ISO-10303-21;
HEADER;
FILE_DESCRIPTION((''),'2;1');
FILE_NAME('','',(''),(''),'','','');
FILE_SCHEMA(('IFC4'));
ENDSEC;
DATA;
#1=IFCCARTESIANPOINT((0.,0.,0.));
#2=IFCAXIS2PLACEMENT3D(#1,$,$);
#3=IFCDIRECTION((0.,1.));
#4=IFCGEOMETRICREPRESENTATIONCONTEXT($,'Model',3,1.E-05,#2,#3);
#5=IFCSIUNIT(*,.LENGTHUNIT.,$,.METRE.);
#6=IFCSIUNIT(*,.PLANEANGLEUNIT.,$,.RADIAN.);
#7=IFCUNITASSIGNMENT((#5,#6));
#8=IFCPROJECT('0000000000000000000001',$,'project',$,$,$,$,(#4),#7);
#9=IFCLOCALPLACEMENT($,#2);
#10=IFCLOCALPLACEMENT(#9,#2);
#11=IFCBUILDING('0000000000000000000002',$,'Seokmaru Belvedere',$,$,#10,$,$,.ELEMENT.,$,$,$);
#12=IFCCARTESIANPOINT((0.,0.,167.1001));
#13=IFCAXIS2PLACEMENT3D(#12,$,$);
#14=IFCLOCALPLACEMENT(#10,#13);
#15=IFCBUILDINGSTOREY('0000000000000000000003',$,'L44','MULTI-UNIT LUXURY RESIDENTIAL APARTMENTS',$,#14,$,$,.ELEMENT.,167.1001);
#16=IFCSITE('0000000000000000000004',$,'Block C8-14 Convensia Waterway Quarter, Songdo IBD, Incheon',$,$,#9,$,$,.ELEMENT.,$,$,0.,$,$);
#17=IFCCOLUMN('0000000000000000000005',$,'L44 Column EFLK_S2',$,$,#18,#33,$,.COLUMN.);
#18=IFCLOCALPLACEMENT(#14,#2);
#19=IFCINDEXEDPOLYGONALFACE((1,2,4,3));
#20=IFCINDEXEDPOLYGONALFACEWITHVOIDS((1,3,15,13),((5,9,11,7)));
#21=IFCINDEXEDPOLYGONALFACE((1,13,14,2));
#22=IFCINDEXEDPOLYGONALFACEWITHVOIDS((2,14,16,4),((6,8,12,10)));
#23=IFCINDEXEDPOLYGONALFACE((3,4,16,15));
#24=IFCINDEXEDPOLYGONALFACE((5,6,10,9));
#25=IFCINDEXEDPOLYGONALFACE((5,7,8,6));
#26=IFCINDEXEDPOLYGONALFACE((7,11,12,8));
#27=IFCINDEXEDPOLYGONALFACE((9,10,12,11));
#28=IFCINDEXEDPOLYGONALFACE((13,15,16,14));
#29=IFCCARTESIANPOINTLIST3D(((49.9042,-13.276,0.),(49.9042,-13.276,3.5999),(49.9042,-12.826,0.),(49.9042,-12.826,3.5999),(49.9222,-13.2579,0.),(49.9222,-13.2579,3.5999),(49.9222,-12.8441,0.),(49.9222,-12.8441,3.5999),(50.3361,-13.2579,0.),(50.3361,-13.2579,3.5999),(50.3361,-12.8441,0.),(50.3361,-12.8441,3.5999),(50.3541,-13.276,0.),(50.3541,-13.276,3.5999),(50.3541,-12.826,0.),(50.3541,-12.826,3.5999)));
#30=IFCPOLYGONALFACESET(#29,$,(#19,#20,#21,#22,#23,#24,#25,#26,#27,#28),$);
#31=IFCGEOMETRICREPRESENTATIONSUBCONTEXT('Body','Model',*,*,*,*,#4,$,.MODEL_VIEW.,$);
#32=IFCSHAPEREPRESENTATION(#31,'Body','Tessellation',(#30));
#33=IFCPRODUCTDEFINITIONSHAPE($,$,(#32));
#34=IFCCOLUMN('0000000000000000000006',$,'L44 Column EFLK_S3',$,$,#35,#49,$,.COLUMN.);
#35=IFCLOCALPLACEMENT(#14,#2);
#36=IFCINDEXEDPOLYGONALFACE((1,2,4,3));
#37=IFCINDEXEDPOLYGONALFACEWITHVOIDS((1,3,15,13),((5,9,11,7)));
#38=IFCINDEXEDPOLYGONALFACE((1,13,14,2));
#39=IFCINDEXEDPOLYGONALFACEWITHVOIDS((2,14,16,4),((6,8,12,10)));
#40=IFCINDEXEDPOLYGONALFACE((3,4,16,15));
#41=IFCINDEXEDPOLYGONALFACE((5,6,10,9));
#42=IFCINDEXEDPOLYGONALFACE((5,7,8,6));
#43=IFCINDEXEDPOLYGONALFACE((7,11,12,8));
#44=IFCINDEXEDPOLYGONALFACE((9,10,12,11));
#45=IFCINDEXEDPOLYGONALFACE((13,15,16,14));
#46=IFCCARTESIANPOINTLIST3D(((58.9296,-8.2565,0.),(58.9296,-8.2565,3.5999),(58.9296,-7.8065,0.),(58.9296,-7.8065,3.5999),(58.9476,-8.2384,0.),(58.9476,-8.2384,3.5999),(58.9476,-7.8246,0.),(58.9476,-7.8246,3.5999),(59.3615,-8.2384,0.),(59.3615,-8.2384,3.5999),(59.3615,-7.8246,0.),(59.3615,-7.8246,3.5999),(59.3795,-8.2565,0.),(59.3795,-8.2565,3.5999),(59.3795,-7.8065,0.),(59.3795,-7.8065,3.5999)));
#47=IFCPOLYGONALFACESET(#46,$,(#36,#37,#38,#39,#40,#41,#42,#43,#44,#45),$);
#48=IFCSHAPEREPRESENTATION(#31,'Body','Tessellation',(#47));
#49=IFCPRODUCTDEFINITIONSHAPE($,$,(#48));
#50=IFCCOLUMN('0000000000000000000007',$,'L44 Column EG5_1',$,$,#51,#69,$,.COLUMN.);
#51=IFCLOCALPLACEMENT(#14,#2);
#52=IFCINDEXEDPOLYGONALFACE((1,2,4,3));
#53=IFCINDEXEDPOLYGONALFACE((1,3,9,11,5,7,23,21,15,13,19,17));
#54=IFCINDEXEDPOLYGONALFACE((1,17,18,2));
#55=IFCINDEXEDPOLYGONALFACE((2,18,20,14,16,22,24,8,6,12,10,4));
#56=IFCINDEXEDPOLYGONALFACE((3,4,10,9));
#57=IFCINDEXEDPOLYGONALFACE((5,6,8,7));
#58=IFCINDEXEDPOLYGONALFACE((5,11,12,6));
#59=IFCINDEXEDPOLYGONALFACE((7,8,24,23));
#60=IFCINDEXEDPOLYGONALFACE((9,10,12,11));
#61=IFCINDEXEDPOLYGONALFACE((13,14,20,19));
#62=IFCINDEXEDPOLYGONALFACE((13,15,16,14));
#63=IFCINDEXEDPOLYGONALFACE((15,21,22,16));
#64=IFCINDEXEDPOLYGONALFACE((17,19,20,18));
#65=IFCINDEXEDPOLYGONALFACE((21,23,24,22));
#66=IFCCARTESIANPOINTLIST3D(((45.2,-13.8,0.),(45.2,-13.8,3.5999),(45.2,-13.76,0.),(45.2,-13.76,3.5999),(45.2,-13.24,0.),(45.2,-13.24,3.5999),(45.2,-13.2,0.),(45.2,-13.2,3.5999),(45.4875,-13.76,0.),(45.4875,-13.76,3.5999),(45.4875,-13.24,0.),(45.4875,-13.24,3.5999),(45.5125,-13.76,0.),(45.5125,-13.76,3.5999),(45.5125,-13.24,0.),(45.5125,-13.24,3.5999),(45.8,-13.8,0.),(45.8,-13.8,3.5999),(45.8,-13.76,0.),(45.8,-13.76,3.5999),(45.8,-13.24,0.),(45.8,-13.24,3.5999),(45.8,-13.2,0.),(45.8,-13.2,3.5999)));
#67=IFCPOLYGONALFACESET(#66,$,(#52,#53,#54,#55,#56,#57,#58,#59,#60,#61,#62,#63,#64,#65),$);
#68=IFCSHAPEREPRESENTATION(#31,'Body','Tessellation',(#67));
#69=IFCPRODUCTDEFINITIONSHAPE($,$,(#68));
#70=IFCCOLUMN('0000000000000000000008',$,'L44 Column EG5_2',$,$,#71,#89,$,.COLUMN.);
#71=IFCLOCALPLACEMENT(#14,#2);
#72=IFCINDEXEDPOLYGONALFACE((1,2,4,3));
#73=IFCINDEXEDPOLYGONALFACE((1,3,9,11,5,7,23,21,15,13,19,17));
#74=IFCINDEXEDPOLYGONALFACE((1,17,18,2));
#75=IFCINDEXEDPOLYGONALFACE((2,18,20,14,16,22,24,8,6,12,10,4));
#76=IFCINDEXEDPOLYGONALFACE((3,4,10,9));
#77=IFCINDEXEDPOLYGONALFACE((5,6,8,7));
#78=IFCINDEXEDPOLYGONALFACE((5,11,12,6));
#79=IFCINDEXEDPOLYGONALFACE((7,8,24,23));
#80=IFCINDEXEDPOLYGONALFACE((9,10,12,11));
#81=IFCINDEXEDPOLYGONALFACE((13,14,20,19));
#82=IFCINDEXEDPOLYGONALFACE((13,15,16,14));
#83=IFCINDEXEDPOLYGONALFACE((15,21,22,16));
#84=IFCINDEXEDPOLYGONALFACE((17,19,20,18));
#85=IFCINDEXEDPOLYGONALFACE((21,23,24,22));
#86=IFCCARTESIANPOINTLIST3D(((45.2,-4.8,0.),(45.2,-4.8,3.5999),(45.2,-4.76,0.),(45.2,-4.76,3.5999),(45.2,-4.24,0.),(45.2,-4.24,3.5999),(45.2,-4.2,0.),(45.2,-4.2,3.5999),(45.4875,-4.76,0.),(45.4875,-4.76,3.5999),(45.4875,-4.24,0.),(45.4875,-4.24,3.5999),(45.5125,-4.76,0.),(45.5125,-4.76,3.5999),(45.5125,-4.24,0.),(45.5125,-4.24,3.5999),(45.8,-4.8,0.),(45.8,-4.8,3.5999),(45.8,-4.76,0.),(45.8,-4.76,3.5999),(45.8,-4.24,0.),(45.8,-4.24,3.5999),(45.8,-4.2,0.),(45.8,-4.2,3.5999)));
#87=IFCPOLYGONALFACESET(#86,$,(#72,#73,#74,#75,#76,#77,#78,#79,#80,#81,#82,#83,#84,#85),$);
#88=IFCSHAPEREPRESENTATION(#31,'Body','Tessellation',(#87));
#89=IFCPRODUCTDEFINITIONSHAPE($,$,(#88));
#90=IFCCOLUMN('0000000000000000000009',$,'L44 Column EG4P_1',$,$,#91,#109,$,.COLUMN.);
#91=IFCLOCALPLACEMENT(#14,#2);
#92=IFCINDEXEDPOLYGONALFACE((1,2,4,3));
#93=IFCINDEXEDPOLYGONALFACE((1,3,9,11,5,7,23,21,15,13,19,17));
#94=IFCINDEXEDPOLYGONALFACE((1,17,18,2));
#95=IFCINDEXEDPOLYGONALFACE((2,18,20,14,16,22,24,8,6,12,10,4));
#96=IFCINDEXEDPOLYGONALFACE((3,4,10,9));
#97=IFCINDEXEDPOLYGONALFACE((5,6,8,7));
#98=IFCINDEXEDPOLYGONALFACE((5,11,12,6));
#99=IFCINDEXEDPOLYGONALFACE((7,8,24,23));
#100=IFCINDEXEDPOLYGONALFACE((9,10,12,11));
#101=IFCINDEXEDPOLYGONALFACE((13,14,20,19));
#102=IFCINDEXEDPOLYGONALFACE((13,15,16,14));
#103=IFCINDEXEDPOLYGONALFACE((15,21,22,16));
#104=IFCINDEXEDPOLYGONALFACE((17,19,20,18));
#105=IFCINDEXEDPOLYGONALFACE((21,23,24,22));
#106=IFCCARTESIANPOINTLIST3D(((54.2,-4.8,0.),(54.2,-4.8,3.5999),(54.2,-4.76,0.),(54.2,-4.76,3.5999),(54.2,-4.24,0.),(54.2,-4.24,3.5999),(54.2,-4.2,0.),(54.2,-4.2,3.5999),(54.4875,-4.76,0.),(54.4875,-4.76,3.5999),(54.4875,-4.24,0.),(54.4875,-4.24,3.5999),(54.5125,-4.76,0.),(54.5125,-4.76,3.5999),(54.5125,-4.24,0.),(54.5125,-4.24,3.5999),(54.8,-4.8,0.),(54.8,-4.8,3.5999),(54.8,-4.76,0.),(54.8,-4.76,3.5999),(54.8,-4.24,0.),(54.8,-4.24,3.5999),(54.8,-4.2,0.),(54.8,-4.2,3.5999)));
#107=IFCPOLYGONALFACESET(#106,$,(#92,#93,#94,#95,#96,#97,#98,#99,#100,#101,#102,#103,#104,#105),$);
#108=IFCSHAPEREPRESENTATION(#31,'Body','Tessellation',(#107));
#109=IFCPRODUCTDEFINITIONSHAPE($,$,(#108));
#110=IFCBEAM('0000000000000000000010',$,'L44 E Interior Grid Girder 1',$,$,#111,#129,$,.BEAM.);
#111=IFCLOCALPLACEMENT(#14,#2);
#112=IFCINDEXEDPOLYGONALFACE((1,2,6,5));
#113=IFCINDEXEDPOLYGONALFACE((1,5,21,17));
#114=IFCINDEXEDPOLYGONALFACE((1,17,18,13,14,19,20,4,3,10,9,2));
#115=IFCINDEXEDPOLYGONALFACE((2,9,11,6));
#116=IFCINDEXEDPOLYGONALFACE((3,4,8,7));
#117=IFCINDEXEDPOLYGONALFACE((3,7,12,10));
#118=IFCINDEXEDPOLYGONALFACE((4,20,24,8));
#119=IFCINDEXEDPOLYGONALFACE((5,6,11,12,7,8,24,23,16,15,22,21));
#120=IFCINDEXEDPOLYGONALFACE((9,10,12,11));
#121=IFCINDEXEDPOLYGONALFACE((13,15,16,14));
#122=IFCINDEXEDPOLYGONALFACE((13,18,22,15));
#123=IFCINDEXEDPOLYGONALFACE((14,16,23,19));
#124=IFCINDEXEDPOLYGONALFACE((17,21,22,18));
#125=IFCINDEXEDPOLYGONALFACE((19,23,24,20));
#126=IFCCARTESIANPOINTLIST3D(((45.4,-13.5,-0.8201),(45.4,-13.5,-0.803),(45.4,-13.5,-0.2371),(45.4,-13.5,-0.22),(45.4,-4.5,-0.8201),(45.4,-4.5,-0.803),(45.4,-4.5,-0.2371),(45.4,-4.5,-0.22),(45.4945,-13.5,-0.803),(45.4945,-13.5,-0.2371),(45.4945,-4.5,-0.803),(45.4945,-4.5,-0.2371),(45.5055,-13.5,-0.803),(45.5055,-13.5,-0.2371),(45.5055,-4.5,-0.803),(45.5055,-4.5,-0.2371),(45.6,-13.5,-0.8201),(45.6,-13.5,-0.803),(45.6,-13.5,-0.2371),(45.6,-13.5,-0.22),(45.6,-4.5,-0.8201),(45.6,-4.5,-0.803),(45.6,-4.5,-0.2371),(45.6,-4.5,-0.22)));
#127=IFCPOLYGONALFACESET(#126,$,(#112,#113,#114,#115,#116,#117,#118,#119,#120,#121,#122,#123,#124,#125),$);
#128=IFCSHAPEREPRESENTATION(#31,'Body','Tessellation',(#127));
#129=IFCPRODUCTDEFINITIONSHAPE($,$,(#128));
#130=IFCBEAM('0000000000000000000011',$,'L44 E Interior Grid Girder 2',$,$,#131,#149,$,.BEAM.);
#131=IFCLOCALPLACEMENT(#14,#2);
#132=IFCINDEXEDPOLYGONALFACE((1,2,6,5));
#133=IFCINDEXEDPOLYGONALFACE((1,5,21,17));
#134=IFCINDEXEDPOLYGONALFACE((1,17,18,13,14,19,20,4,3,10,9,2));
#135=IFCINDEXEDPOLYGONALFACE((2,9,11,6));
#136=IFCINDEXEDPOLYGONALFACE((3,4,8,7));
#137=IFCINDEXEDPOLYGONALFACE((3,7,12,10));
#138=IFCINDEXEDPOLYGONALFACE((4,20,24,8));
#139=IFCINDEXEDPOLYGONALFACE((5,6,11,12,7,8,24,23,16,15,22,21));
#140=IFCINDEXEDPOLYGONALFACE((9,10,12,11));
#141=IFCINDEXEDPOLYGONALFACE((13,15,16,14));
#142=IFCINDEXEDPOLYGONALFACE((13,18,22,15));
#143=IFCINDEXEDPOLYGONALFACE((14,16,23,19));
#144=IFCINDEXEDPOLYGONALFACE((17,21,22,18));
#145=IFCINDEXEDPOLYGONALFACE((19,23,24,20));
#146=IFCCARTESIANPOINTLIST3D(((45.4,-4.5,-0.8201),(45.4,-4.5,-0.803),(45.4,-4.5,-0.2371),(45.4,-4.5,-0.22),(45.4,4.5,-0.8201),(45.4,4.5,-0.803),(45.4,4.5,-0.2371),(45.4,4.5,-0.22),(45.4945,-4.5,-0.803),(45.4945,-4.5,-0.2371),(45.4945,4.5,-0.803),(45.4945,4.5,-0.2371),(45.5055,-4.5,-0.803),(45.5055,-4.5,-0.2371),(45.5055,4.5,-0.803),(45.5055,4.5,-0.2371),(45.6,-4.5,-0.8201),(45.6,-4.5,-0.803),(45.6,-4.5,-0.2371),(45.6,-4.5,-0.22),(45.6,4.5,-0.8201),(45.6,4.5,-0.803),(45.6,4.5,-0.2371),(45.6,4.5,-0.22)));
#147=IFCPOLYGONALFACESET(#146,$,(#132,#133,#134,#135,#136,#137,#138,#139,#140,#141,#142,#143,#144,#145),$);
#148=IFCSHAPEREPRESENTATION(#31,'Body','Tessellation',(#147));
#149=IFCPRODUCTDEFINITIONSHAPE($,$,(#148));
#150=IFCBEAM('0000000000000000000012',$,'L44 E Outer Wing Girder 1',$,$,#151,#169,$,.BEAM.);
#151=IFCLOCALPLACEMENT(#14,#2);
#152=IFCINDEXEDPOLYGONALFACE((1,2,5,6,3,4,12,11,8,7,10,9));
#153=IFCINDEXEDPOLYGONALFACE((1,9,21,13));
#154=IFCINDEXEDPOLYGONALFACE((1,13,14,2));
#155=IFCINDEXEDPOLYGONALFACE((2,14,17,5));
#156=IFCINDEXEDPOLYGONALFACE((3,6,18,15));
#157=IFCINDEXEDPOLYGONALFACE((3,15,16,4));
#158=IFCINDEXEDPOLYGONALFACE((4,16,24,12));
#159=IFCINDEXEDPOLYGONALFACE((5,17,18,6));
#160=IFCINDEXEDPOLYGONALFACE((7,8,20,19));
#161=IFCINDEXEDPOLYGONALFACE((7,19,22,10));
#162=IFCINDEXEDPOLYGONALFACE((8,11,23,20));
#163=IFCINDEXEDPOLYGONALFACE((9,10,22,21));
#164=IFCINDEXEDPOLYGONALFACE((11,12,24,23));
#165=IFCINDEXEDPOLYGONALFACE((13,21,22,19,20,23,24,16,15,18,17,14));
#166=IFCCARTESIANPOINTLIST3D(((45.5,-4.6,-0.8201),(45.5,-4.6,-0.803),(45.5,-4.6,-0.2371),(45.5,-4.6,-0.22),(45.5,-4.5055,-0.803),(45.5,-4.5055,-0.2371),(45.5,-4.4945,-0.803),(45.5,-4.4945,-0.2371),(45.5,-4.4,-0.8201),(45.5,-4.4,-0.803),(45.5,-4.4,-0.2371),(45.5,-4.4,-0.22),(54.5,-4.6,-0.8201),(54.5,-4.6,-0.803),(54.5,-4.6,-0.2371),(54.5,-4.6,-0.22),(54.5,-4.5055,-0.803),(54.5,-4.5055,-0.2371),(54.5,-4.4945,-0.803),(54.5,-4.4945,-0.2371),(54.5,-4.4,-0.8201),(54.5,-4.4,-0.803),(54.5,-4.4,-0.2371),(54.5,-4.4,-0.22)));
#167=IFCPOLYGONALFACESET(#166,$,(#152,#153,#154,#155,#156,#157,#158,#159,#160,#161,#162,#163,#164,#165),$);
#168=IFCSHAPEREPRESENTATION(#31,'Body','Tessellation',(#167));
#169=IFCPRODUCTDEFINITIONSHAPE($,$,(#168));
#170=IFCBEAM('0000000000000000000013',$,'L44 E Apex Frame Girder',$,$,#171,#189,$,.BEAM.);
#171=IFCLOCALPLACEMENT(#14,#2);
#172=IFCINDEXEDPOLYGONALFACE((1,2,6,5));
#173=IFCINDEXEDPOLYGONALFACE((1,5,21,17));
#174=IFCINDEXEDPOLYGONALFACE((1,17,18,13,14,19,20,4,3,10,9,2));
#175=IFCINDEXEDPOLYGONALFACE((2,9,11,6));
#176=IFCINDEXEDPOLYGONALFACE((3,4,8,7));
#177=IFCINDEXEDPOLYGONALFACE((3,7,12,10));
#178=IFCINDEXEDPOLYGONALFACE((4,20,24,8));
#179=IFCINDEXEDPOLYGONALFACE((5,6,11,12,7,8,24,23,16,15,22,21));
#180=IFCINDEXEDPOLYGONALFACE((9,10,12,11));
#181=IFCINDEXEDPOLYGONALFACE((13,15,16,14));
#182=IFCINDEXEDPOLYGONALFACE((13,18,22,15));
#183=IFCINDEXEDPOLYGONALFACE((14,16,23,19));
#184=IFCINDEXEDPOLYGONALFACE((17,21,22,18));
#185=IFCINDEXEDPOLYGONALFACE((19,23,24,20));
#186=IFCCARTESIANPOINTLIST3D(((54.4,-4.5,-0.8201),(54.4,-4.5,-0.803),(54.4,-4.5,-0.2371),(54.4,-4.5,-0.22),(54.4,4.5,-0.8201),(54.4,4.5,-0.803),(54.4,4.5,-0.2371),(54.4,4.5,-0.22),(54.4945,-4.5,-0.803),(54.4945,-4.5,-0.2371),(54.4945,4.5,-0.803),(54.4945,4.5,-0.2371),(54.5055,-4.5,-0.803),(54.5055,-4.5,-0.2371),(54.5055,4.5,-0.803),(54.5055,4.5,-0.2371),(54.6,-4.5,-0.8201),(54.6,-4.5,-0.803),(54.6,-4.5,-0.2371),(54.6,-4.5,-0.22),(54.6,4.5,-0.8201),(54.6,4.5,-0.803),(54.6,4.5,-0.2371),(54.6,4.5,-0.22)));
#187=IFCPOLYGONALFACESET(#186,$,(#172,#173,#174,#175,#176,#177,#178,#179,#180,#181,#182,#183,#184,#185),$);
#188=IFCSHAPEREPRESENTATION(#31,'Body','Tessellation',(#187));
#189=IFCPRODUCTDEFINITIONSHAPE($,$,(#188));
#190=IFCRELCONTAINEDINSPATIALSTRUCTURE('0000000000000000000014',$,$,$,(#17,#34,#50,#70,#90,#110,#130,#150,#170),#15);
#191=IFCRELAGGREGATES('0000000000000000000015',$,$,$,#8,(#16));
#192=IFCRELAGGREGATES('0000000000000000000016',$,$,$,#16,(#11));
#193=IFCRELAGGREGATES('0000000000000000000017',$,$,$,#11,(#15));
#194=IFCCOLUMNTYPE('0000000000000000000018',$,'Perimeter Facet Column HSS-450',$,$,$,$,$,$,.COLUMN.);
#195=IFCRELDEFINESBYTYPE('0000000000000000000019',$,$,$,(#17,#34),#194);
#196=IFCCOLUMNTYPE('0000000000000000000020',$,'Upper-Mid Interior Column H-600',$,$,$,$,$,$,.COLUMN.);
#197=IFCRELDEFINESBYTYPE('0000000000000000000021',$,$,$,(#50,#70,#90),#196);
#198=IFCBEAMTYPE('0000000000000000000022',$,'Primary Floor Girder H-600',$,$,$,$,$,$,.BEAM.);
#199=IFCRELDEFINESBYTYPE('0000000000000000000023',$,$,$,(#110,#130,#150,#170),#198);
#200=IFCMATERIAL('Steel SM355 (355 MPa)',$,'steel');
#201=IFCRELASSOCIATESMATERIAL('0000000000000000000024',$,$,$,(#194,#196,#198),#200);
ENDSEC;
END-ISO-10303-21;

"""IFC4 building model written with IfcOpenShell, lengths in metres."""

from ifc_helpers import new_model, si_unit, direction, frame, origin, origin_2d, place, context, subcontext, project, spatial, hollow_rectangle, i_section, extrude, source, transform, mapped, material, material_profile, profile_set, type_object, type_shapes, element, save


model = new_model("IFC4")

# Units and contexts
model_context = context("Model", 3, precision=1e-05, world=origin(), true_north=direction((0.0, 1.0)))
body_context = subcontext(model_context, "Body", "Model", "MODEL_VIEW")
ifc_project = project(units=[si_unit("LENGTHUNIT", "METRE"), si_unit("PLANEANGLEUNIT", "RADIAN")], contexts=[model_context])

# Site, building, storey
site_placement = place(None, origin())
site = spatial("IfcSite", under=ifc_project, at=site_placement, Name="Block C8-14 Convensia Waterway Quarter, Songdo IBD, Incheon", CompositionType="ELEMENT", RefElevation=0.0)
building_placement = place(site_placement, origin())
building = spatial("IfcBuilding", under=site, at=building_placement, Name="Seokmaru Belvedere", CompositionType="ELEMENT")
storey_placement = place(building_placement, frame((0.0, 0.0, 167.1001)))
storey = spatial("IfcBuildingStorey", under=building, at=storey_placement, Name="L44", Description="MULTI-UNIT LUXURY RESIDENTIAL APARTMENTS", CompositionType="ELEMENT", Elevation=167.1001)

# Columns
ifc_material_1 = material(Name="Steel SM355 (355 MPa)", Category="steel")
ifc_material_profile_1 = material_profile(ifc_material_1, hollow_rectangle(XDim=0.45, YDim=0.45, WallThickness=0.0181, at=origin_2d()), Name="HSS-450x450x18")
ifc_profile_set_1 = profile_set([ifc_material_profile_1], Name="Steel SM355 (355 MPa)")
column_type_1 = type_object("IfcColumnType", Name="Perimeter Facet Column HSS-450", PredefinedType="COLUMN", material=ifc_profile_set_1)
shared_shape_1 = source(origin(), body_context, "Body", "SweptSolid", [
    extrude(hollow_rectangle(XDim=0.45, YDim=0.45, WallThickness=0.0181, at=origin_2d()), origin(), (0.0, 0.0, 1.0), 3.5999),
])
type_shapes(column_type_1, [shared_shape_1])
for number, where, z_axis, x_axis, name in (
    (1, (50.1292, -13.051, 0.0), (0.0, 0.0, 1.0), (1.0, 0.0, 0.0), "L44 Column EFLK_S2"),
    (2, (59.1545, -8.0315, 0.0), (0.0, 0.0, 1.0), (1.0, 0.0, 0.0), "L44 Column EFLK_S3"),
):
    element("IfcColumn", number, at=place(storey_placement, frame(where, z_axis=z_axis, x_axis=x_axis)), inside=storey, type_object=column_type_1, Name=name, PredefinedType="COLUMN", context=body_context, shape_type="MappedRepresentation", body=[
        mapped(shared_shape_1, transform((0.0, 0.0, 0.0), scale=1.0)),
    ])
ifc_material_profile_2 = material_profile(ifc_material_1, i_section(OverallWidth=0.6001, OverallDepth=0.6001, WebThickness=0.0249, FlangeThickness=0.04, at=origin_2d()), Name="H-600x600x25x40")
ifc_profile_set_2 = profile_set([ifc_material_profile_2], Name="Steel SM355 (355 MPa)")
column_type_2 = type_object("IfcColumnType", Name="Upper-Mid Interior Column H-600", PredefinedType="COLUMN", material=ifc_profile_set_2)
shared_shape_2 = source(origin(), body_context, "Body", "SweptSolid", [
    extrude(i_section(OverallWidth=0.6001, OverallDepth=0.6001, WebThickness=0.0249, FlangeThickness=0.04, at=origin_2d()), origin(), (0.0, 0.0, 1.0), 3.5999),
])
type_shapes(column_type_2, [shared_shape_2])
for number, where, z_axis, x_axis, name in (
    (3, (45.5, -13.5, 0.0), (0.0, 0.0, 1.0), (1.0, 0.0, 0.0), "L44 Column EG5_1"),
    (4, (45.5, -4.5, 0.0), (0.0, 0.0, 1.0), (1.0, 0.0, 0.0), "L44 Column EG5_2"),
    (5, (54.5, -4.5, 0.0), (0.0, 0.0, 1.0), (1.0, 0.0, 0.0), "L44 Column EG4P_1"),
):
    element("IfcColumn", number, at=place(storey_placement, frame(where, z_axis=z_axis, x_axis=x_axis)), inside=storey, type_object=column_type_2, Name=name, PredefinedType="COLUMN", context=body_context, shape_type="MappedRepresentation", body=[
        mapped(shared_shape_2, transform((0.0, 0.0, 0.0), scale=1.0)),
    ])

# Beams
ifc_material_profile_3 = material_profile(ifc_material_1, i_section(OverallWidth=0.2, OverallDepth=0.6001, WebThickness=0.011, FlangeThickness=0.0171, at=origin_2d()), Name="H-600x200x11x17")
ifc_profile_set_3 = profile_set([ifc_material_profile_3], Name="Steel SM355 (355 MPa)")
beam_type_1 = type_object("IfcBeamType", Name="Primary Floor Girder H-600", PredefinedType="BEAM", material=ifc_profile_set_3)
shared_shape_3 = source(origin(), body_context, "Body", "SweptSolid", [
    extrude(i_section(OverallWidth=0.2, OverallDepth=0.6001, WebThickness=0.011, FlangeThickness=0.0171, at=origin_2d()), origin(), (0.0, 0.0, 1.0), 9.0),
])
for number, where, z_axis, x_axis, name in (
    (6, (45.5, -13.5, -0.52), (0.0, 1.0, 0.0), (-1.0, 0.0, 0.0), "L44 E Interior Grid Girder 1"),
    (7, (45.5, -4.5, -0.52), (0.0, 1.0, 0.0), (-1.0, 0.0, 0.0), "L44 E Interior Grid Girder 2"),
    (8, (45.5, -4.5, -0.52), (1.0, 0.0, 0.0), (0.0, 1.0, 0.0), "L44 E Outer Wing Girder 1"),
    (9, (54.5, -4.5, -0.52), (0.0, 1.0, 0.0), (-1.0, 0.0, 0.0), "L44 E Apex Frame Girder"),
):
    element("IfcBeam", number, at=place(storey_placement, frame(where, z_axis=z_axis, x_axis=x_axis)), inside=storey, type_object=beam_type_1, Name=name, PredefinedType="BEAM", context=body_context, shape_type="MappedRepresentation", body=[
        mapped(shared_shape_3, transform((0.0, 0.0, 0.0), scale=1.0)),
    ])

save(model, "model.ifc")
